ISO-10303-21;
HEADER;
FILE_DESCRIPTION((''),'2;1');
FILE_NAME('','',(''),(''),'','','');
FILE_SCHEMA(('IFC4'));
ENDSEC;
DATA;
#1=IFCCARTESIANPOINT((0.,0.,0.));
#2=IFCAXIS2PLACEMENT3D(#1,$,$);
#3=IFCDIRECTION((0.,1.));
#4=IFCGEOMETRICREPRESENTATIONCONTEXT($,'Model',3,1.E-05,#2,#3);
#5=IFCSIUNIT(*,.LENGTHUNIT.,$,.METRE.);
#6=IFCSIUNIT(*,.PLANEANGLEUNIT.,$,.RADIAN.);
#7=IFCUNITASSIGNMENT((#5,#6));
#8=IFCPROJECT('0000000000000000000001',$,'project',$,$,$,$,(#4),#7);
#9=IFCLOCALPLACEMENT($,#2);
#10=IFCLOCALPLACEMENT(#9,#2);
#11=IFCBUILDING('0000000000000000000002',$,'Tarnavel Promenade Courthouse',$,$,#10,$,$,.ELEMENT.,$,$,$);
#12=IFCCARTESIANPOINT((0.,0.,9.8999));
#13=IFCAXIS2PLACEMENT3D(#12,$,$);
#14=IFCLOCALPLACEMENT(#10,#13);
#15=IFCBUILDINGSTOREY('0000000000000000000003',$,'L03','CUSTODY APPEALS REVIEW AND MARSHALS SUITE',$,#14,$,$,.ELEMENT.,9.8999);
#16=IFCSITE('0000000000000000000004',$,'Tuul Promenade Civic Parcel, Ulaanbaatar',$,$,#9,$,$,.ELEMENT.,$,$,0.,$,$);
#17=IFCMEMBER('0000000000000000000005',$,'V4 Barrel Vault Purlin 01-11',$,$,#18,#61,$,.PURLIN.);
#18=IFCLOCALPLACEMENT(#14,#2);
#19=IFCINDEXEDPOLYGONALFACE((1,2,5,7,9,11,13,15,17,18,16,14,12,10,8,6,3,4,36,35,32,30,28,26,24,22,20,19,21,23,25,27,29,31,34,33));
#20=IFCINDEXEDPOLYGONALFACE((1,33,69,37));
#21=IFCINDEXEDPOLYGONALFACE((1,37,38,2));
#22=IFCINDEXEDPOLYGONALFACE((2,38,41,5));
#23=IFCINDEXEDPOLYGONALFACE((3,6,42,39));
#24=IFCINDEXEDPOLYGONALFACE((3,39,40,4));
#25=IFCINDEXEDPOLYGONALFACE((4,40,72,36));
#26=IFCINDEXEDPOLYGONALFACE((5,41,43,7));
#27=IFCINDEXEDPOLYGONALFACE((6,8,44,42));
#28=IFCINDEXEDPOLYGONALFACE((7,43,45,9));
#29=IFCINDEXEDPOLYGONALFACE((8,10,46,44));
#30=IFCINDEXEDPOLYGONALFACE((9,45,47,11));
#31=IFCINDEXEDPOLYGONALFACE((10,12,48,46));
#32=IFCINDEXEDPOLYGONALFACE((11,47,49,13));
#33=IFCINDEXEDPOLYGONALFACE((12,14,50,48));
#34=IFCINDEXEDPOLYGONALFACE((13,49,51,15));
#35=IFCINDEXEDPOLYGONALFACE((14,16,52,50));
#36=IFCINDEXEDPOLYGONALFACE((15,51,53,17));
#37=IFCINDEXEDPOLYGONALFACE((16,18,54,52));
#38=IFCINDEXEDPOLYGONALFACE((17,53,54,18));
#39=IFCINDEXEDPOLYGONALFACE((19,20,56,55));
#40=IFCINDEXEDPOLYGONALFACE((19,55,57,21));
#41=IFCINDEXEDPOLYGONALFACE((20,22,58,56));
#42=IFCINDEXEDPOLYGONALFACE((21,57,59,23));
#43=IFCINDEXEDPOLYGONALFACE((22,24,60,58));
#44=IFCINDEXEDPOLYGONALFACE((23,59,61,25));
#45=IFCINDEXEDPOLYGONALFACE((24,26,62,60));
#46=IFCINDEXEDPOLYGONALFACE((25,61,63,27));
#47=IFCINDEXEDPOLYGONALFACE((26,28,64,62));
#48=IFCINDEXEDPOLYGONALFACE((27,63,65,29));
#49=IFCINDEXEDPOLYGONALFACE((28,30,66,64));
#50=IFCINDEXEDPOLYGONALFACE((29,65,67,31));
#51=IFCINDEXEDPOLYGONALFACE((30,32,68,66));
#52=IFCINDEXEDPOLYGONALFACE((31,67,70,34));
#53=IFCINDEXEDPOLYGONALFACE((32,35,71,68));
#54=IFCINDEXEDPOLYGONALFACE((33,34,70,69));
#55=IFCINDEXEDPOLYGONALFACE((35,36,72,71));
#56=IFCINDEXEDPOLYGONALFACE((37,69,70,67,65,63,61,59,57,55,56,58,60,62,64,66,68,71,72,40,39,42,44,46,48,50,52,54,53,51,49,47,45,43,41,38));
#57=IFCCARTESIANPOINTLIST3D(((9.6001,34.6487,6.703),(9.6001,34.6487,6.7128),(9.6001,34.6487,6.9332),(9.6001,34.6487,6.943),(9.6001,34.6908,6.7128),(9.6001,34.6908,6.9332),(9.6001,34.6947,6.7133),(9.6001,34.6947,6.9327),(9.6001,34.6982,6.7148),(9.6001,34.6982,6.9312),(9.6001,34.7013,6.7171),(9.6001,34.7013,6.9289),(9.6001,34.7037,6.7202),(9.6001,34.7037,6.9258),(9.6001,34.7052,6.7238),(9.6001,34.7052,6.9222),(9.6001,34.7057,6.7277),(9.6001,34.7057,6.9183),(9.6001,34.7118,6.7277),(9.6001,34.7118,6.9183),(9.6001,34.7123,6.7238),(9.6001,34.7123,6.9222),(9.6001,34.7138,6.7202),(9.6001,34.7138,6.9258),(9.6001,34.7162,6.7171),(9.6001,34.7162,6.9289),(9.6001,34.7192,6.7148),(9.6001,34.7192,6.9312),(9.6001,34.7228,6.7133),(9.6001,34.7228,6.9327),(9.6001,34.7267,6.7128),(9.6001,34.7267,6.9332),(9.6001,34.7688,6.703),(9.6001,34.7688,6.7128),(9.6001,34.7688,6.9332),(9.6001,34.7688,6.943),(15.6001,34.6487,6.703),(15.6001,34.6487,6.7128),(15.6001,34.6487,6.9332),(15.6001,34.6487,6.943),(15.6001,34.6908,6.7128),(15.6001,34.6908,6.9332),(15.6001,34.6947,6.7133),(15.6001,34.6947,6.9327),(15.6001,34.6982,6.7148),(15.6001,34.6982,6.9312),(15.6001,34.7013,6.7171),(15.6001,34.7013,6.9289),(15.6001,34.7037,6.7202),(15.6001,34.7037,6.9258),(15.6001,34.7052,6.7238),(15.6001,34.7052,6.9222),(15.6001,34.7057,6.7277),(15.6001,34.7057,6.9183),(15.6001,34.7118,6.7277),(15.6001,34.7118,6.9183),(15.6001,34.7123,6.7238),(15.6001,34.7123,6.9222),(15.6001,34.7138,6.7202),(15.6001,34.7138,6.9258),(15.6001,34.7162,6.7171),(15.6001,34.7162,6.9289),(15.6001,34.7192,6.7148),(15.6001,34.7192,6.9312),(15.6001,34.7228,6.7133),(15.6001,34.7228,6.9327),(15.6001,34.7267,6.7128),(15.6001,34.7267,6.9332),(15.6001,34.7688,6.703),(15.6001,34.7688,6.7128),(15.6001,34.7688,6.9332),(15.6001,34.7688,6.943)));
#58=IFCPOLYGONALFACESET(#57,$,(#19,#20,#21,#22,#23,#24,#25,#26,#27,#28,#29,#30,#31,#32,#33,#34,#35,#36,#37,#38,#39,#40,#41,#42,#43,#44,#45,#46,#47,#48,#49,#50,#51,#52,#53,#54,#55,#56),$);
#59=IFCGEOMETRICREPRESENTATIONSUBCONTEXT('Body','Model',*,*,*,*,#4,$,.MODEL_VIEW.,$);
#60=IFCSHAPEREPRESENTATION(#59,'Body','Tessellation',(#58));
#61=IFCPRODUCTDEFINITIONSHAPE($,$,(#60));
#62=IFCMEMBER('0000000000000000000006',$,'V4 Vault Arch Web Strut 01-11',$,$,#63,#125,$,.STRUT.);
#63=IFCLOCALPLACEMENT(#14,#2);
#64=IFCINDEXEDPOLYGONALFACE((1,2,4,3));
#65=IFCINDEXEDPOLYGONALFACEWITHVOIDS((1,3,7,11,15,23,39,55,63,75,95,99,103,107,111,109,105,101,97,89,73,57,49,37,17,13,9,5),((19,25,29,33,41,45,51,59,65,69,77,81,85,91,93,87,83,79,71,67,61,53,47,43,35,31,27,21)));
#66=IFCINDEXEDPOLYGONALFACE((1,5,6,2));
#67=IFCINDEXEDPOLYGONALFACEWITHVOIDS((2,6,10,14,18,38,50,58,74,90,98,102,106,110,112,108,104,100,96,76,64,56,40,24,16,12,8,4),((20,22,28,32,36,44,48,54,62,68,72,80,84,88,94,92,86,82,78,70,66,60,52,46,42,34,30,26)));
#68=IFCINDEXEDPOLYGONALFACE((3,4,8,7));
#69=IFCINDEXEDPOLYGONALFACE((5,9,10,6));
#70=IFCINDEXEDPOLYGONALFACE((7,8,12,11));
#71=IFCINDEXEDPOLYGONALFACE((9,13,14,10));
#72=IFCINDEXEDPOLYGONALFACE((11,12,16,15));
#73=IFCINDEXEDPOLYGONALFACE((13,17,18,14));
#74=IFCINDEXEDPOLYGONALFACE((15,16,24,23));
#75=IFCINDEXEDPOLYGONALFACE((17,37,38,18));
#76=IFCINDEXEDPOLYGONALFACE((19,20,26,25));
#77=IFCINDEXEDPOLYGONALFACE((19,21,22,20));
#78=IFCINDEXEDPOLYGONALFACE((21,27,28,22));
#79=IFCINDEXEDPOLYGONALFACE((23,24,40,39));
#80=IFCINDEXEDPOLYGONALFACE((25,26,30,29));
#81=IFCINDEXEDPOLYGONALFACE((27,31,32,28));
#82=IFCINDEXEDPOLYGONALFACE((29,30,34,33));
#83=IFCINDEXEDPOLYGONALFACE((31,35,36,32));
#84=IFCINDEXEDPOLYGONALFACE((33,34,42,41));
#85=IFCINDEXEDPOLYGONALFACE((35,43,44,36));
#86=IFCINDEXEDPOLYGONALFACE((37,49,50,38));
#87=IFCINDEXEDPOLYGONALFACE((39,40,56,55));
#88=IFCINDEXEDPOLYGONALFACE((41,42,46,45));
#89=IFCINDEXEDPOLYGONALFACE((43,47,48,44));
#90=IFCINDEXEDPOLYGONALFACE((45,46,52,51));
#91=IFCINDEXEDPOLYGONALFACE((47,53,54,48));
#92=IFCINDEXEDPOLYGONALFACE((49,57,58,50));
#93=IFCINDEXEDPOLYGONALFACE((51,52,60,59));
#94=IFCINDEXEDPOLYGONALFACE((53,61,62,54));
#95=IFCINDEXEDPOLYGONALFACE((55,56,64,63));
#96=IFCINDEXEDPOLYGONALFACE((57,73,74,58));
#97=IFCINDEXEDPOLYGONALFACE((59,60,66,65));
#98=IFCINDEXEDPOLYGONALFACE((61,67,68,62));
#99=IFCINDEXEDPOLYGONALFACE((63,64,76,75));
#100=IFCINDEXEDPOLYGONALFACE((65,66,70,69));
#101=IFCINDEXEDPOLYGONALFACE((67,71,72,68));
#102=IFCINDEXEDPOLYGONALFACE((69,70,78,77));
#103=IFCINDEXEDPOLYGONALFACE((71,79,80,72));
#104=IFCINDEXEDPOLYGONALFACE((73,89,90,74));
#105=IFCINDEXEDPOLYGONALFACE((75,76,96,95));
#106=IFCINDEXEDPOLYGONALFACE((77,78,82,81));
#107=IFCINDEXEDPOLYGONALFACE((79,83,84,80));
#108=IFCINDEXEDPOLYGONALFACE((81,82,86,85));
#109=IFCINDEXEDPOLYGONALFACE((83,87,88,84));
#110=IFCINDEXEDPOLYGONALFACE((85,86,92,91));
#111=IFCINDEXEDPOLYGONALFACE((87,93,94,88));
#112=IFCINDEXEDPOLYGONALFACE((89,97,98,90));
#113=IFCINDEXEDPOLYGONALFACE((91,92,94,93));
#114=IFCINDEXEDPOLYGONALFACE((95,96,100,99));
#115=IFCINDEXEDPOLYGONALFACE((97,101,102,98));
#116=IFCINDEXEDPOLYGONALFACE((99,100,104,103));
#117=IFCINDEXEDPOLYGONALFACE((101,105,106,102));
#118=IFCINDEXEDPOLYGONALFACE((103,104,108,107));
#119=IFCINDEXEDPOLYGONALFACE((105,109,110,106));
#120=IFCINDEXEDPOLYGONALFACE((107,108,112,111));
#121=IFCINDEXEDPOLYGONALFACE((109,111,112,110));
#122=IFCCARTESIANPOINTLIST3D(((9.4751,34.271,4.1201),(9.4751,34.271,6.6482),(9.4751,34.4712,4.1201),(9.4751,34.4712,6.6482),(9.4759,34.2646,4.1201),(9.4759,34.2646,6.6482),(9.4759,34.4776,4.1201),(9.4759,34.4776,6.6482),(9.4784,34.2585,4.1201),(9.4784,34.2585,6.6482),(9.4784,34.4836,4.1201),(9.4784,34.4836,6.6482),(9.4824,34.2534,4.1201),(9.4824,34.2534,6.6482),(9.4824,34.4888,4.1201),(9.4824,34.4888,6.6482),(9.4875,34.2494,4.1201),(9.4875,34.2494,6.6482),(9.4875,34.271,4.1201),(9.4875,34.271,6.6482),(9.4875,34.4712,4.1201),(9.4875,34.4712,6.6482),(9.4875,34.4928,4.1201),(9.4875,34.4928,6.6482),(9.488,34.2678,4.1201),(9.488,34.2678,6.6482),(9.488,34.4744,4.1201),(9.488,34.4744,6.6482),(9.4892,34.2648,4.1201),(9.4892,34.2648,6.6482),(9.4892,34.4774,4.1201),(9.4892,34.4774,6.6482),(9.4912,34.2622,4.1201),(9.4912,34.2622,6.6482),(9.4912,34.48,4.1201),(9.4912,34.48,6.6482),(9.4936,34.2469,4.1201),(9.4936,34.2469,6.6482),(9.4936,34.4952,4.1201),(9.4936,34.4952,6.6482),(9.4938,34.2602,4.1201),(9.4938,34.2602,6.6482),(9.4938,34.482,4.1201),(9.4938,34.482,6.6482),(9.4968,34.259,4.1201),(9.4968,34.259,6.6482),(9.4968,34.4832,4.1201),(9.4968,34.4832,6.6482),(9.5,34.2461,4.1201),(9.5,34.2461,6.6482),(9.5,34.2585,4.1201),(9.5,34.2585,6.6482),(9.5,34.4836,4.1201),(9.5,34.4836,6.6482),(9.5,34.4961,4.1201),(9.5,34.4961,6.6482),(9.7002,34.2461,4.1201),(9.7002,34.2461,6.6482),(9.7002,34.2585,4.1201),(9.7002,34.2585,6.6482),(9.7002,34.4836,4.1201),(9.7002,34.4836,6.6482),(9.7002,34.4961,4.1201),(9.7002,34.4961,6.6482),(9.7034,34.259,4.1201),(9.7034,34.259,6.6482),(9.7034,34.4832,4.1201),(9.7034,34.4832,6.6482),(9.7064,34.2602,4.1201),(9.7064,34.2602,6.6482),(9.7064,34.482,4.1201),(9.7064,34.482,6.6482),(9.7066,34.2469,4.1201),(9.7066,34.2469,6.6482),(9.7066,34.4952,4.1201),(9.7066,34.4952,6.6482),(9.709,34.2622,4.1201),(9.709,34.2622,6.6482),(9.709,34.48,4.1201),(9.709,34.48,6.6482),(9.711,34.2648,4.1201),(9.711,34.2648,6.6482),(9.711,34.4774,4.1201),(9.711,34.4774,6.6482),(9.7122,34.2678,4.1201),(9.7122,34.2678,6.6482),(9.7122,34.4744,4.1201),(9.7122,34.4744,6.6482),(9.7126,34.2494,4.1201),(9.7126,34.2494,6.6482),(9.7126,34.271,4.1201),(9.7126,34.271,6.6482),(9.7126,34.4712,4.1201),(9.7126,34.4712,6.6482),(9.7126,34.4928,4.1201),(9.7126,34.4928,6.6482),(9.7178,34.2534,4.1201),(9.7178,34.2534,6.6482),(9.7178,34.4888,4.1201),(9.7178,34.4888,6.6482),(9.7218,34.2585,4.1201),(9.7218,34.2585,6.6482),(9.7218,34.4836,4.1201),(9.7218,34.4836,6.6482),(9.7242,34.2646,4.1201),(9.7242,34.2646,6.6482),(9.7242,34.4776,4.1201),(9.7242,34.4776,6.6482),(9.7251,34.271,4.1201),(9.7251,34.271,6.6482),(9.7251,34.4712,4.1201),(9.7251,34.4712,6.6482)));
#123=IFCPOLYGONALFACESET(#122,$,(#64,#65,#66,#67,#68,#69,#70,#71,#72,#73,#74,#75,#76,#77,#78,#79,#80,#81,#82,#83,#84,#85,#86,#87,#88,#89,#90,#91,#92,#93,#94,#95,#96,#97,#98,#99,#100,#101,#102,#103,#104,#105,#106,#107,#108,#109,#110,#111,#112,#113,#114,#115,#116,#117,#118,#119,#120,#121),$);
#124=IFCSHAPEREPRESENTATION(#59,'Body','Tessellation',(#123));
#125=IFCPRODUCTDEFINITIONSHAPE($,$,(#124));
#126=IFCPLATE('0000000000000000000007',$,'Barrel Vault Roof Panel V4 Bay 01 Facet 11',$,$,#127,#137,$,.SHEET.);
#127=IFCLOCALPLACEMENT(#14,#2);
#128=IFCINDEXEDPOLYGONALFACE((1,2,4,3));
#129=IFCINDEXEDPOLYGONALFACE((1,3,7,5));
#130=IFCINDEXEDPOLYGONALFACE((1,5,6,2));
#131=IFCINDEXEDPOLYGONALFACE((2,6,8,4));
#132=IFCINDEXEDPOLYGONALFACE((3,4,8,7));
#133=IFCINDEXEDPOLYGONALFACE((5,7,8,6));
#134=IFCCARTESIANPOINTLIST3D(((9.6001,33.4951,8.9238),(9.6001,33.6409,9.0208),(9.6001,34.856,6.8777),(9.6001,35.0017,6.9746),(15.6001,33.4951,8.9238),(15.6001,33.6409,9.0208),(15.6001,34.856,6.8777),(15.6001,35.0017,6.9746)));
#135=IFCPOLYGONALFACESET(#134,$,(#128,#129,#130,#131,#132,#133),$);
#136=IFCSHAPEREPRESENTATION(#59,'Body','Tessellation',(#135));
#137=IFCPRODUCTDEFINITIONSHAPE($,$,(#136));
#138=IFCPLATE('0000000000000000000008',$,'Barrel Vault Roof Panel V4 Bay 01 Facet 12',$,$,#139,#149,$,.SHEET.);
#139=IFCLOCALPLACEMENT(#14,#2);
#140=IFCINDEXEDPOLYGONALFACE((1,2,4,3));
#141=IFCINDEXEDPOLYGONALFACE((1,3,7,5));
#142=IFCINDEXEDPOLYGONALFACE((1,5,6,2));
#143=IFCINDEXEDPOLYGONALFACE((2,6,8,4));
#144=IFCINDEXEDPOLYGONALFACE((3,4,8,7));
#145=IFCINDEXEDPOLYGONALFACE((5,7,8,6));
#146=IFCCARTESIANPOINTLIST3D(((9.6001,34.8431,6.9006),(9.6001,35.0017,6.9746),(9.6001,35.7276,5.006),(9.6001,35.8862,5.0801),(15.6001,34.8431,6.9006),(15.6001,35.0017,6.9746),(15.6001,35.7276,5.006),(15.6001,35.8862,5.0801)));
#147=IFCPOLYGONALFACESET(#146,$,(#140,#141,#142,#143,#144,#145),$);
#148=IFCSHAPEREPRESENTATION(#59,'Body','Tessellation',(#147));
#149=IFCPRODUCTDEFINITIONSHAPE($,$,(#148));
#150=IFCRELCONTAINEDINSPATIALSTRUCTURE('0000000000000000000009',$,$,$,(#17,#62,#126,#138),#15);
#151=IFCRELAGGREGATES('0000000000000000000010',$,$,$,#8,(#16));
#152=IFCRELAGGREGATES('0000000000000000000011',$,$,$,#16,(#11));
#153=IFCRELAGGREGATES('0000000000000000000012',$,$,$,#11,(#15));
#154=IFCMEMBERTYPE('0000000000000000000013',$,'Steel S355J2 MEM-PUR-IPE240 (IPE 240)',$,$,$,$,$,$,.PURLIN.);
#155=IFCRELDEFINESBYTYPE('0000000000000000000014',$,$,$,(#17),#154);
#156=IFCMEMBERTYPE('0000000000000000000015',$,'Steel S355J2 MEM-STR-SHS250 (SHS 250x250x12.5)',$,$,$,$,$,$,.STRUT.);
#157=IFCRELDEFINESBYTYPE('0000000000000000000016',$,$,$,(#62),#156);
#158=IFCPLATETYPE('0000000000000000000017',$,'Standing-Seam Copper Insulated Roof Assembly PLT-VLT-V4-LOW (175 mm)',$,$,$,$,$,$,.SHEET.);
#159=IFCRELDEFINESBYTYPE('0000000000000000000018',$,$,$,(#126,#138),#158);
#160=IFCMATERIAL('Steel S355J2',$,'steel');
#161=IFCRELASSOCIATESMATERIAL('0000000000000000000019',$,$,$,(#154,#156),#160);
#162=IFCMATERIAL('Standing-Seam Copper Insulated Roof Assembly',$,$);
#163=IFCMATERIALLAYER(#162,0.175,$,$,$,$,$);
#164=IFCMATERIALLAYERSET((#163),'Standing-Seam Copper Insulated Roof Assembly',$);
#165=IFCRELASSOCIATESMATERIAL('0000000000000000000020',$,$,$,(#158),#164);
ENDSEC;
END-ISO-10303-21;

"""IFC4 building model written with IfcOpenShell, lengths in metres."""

from ifc_helpers import new_model, si_unit, direction, frame, origin, origin_2d, place, context, subcontext, project, spatial, polyline, hollow_rectangle, i_section, outline, extrude, material, layer, layer_set, material_profile, profile_set, type_object, element, save


model = new_model("IFC4")

# Units and contexts
model_context = context("Model", 3, precision=1e-05, world=origin(), true_north=direction((0.0, 1.0)))
body_context = subcontext(model_context, "Body", "Model", "MODEL_VIEW")
ifc_project = project(units=[si_unit("LENGTHUNIT", "METRE"), si_unit("PLANEANGLEUNIT", "RADIAN")], contexts=[model_context])

# Site, building, storey
site_placement = place(None, origin())
site = spatial("IfcSite", under=ifc_project, at=site_placement, Name="Tuul Promenade Civic Parcel, Ulaanbaatar", CompositionType="ELEMENT", RefElevation=0.0)
building_placement = place(site_placement, origin())
building = spatial("IfcBuilding", under=site, at=building_placement, Name="Tarnavel Promenade Courthouse", CompositionType="ELEMENT")
storey_placement = place(building_placement, frame((0.0, 0.0, 9.8999)))
storey = spatial("IfcBuildingStorey", under=building, at=storey_placement, Name="L03", Description="CUSTODY APPEALS REVIEW AND MARSHALS SUITE", CompositionType="ELEMENT", Elevation=9.8999)

# Shared definitions
ifc_material_1 = material(Name="Steel S355J2", Category="steel")

# Members
ifc_material_profile_1 = material_profile(ifc_material_1, i_section(OverallWidth=0.1201, OverallDepth=0.24, WebThickness=0.0061, FlangeThickness=0.0098, FilletRadius=0.0149, at=origin_2d()), Name="IPE 240")
ifc_profile_set_1 = profile_set([ifc_material_profile_1], Name="Steel S355J2")
member_type_1 = type_object("IfcMemberType", Name="Steel S355J2 MEM-PUR-IPE240 (IPE 240)", PredefinedType="PURLIN", material=ifc_profile_set_1)
member_1_placement = place(storey_placement, frame((9.6001, 34.7087, 6.823), z_axis=(1.0, 0.0, 0.0), x_axis=(0.0, 1.0, 0.0)))
element("IfcMember", 1, at=member_1_placement, inside=storey, type_object=member_type_1, Name="V4 Barrel Vault Purlin 01-11", PredefinedType="PURLIN", context=body_context, shape_type="SweptSolid", body=[
    extrude(i_section(OverallWidth=0.1201, OverallDepth=0.24, WebThickness=0.0061, FlangeThickness=0.0098, FilletRadius=0.0149, at=origin_2d()), origin(), (0.0, 0.0, 1.0), 6.0),
])
ifc_material_profile_2 = material_profile(ifc_material_1, hollow_rectangle(XDim=0.25, YDim=0.25, WallThickness=0.0125, InnerFilletRadius=0.0125, OuterFilletRadius=0.0249, at=origin_2d()), Name="SHS 250x250x12.5")
ifc_profile_set_2 = profile_set([ifc_material_profile_2], Name="Steel S355J2")
member_type_2 = type_object("IfcMemberType", Name="Steel S355J2 MEM-STR-SHS250 (SHS 250x250x12.5)", PredefinedType="STRUT", material=ifc_profile_set_2)
member_2_placement = place(storey_placement, frame((9.6001, 34.3711, 4.1201), z_axis=(0.0, 0.0, 1.0), x_axis=(1.0, 0.0, 0.0)))
element("IfcMember", 2, at=member_2_placement, inside=storey, type_object=member_type_2, Name="V4 Vault Arch Web Strut 01-11", PredefinedType="STRUT", context=body_context, shape_type="SweptSolid", body=[
    extrude(hollow_rectangle(XDim=0.25, YDim=0.25, WallThickness=0.0125, InnerFilletRadius=0.0125, OuterFilletRadius=0.0249, at=origin_2d()), origin(), (0.0, 0.0, 1.0), 2.5281),
])

# Plates
ifc_material_2 = material(Name="Standing-Seam Copper Insulated Roof Assembly")
ifc_layer_1 = layer(ifc_material_2, 0.175)
ifc_layer_set_1 = layer_set([ifc_layer_1], Name="Standing-Seam Copper Insulated Roof Assembly")
plate_type = type_object("IfcPlateType", Name="Standing-Seam Copper Insulated Roof Assembly PLT-VLT-V4-LOW (175 mm)", PredefinedType="SHEET", material=ifc_layer_set_1)
plate_1_placement = place(storey_placement, frame((9.6001, 33.6409, 9.0208), z_axis=(0.0, 0.832661, 0.553783), x_axis=(1.0, 0.0, 0.0)))
element("IfcPlate", 3, at=plate_1_placement, inside=storey, type_object=plate_type, Name="Barrel Vault Roof Panel V4 Bay 01 Facet 11", PredefinedType="SHEET", context=body_context, shape_type="SweptSolid", body=[
    extrude(outline(polyline([(0.0, 0.0), (6.0, 0.0), (6.0, 2.4574), (0.0, 2.4574), (0.0, 0.0)])), origin(), (0.0, 0.0, -1.0), 0.175),
])
plate_2_placement = place(storey_placement, frame((9.6001, 35.0017, 6.9746), z_axis=(0.0, 0.906109, 0.423045), x_axis=(1.0, 0.0, 0.0)))
element("IfcPlate", 4, at=plate_2_placement, inside=storey, type_object=plate_type, Name="Barrel Vault Roof Panel V4 Bay 01 Facet 12", PredefinedType="SHEET", context=body_context, shape_type="SweptSolid", body=[
    extrude(outline(polyline([(0.0, 0.0), (6.0, 0.0), (6.0, 2.0908), (0.0, 2.0908), (0.0, 0.0)])), origin(), (0.0, 0.0, -1.0), 0.175),
])

save(model, "model.ifc")
